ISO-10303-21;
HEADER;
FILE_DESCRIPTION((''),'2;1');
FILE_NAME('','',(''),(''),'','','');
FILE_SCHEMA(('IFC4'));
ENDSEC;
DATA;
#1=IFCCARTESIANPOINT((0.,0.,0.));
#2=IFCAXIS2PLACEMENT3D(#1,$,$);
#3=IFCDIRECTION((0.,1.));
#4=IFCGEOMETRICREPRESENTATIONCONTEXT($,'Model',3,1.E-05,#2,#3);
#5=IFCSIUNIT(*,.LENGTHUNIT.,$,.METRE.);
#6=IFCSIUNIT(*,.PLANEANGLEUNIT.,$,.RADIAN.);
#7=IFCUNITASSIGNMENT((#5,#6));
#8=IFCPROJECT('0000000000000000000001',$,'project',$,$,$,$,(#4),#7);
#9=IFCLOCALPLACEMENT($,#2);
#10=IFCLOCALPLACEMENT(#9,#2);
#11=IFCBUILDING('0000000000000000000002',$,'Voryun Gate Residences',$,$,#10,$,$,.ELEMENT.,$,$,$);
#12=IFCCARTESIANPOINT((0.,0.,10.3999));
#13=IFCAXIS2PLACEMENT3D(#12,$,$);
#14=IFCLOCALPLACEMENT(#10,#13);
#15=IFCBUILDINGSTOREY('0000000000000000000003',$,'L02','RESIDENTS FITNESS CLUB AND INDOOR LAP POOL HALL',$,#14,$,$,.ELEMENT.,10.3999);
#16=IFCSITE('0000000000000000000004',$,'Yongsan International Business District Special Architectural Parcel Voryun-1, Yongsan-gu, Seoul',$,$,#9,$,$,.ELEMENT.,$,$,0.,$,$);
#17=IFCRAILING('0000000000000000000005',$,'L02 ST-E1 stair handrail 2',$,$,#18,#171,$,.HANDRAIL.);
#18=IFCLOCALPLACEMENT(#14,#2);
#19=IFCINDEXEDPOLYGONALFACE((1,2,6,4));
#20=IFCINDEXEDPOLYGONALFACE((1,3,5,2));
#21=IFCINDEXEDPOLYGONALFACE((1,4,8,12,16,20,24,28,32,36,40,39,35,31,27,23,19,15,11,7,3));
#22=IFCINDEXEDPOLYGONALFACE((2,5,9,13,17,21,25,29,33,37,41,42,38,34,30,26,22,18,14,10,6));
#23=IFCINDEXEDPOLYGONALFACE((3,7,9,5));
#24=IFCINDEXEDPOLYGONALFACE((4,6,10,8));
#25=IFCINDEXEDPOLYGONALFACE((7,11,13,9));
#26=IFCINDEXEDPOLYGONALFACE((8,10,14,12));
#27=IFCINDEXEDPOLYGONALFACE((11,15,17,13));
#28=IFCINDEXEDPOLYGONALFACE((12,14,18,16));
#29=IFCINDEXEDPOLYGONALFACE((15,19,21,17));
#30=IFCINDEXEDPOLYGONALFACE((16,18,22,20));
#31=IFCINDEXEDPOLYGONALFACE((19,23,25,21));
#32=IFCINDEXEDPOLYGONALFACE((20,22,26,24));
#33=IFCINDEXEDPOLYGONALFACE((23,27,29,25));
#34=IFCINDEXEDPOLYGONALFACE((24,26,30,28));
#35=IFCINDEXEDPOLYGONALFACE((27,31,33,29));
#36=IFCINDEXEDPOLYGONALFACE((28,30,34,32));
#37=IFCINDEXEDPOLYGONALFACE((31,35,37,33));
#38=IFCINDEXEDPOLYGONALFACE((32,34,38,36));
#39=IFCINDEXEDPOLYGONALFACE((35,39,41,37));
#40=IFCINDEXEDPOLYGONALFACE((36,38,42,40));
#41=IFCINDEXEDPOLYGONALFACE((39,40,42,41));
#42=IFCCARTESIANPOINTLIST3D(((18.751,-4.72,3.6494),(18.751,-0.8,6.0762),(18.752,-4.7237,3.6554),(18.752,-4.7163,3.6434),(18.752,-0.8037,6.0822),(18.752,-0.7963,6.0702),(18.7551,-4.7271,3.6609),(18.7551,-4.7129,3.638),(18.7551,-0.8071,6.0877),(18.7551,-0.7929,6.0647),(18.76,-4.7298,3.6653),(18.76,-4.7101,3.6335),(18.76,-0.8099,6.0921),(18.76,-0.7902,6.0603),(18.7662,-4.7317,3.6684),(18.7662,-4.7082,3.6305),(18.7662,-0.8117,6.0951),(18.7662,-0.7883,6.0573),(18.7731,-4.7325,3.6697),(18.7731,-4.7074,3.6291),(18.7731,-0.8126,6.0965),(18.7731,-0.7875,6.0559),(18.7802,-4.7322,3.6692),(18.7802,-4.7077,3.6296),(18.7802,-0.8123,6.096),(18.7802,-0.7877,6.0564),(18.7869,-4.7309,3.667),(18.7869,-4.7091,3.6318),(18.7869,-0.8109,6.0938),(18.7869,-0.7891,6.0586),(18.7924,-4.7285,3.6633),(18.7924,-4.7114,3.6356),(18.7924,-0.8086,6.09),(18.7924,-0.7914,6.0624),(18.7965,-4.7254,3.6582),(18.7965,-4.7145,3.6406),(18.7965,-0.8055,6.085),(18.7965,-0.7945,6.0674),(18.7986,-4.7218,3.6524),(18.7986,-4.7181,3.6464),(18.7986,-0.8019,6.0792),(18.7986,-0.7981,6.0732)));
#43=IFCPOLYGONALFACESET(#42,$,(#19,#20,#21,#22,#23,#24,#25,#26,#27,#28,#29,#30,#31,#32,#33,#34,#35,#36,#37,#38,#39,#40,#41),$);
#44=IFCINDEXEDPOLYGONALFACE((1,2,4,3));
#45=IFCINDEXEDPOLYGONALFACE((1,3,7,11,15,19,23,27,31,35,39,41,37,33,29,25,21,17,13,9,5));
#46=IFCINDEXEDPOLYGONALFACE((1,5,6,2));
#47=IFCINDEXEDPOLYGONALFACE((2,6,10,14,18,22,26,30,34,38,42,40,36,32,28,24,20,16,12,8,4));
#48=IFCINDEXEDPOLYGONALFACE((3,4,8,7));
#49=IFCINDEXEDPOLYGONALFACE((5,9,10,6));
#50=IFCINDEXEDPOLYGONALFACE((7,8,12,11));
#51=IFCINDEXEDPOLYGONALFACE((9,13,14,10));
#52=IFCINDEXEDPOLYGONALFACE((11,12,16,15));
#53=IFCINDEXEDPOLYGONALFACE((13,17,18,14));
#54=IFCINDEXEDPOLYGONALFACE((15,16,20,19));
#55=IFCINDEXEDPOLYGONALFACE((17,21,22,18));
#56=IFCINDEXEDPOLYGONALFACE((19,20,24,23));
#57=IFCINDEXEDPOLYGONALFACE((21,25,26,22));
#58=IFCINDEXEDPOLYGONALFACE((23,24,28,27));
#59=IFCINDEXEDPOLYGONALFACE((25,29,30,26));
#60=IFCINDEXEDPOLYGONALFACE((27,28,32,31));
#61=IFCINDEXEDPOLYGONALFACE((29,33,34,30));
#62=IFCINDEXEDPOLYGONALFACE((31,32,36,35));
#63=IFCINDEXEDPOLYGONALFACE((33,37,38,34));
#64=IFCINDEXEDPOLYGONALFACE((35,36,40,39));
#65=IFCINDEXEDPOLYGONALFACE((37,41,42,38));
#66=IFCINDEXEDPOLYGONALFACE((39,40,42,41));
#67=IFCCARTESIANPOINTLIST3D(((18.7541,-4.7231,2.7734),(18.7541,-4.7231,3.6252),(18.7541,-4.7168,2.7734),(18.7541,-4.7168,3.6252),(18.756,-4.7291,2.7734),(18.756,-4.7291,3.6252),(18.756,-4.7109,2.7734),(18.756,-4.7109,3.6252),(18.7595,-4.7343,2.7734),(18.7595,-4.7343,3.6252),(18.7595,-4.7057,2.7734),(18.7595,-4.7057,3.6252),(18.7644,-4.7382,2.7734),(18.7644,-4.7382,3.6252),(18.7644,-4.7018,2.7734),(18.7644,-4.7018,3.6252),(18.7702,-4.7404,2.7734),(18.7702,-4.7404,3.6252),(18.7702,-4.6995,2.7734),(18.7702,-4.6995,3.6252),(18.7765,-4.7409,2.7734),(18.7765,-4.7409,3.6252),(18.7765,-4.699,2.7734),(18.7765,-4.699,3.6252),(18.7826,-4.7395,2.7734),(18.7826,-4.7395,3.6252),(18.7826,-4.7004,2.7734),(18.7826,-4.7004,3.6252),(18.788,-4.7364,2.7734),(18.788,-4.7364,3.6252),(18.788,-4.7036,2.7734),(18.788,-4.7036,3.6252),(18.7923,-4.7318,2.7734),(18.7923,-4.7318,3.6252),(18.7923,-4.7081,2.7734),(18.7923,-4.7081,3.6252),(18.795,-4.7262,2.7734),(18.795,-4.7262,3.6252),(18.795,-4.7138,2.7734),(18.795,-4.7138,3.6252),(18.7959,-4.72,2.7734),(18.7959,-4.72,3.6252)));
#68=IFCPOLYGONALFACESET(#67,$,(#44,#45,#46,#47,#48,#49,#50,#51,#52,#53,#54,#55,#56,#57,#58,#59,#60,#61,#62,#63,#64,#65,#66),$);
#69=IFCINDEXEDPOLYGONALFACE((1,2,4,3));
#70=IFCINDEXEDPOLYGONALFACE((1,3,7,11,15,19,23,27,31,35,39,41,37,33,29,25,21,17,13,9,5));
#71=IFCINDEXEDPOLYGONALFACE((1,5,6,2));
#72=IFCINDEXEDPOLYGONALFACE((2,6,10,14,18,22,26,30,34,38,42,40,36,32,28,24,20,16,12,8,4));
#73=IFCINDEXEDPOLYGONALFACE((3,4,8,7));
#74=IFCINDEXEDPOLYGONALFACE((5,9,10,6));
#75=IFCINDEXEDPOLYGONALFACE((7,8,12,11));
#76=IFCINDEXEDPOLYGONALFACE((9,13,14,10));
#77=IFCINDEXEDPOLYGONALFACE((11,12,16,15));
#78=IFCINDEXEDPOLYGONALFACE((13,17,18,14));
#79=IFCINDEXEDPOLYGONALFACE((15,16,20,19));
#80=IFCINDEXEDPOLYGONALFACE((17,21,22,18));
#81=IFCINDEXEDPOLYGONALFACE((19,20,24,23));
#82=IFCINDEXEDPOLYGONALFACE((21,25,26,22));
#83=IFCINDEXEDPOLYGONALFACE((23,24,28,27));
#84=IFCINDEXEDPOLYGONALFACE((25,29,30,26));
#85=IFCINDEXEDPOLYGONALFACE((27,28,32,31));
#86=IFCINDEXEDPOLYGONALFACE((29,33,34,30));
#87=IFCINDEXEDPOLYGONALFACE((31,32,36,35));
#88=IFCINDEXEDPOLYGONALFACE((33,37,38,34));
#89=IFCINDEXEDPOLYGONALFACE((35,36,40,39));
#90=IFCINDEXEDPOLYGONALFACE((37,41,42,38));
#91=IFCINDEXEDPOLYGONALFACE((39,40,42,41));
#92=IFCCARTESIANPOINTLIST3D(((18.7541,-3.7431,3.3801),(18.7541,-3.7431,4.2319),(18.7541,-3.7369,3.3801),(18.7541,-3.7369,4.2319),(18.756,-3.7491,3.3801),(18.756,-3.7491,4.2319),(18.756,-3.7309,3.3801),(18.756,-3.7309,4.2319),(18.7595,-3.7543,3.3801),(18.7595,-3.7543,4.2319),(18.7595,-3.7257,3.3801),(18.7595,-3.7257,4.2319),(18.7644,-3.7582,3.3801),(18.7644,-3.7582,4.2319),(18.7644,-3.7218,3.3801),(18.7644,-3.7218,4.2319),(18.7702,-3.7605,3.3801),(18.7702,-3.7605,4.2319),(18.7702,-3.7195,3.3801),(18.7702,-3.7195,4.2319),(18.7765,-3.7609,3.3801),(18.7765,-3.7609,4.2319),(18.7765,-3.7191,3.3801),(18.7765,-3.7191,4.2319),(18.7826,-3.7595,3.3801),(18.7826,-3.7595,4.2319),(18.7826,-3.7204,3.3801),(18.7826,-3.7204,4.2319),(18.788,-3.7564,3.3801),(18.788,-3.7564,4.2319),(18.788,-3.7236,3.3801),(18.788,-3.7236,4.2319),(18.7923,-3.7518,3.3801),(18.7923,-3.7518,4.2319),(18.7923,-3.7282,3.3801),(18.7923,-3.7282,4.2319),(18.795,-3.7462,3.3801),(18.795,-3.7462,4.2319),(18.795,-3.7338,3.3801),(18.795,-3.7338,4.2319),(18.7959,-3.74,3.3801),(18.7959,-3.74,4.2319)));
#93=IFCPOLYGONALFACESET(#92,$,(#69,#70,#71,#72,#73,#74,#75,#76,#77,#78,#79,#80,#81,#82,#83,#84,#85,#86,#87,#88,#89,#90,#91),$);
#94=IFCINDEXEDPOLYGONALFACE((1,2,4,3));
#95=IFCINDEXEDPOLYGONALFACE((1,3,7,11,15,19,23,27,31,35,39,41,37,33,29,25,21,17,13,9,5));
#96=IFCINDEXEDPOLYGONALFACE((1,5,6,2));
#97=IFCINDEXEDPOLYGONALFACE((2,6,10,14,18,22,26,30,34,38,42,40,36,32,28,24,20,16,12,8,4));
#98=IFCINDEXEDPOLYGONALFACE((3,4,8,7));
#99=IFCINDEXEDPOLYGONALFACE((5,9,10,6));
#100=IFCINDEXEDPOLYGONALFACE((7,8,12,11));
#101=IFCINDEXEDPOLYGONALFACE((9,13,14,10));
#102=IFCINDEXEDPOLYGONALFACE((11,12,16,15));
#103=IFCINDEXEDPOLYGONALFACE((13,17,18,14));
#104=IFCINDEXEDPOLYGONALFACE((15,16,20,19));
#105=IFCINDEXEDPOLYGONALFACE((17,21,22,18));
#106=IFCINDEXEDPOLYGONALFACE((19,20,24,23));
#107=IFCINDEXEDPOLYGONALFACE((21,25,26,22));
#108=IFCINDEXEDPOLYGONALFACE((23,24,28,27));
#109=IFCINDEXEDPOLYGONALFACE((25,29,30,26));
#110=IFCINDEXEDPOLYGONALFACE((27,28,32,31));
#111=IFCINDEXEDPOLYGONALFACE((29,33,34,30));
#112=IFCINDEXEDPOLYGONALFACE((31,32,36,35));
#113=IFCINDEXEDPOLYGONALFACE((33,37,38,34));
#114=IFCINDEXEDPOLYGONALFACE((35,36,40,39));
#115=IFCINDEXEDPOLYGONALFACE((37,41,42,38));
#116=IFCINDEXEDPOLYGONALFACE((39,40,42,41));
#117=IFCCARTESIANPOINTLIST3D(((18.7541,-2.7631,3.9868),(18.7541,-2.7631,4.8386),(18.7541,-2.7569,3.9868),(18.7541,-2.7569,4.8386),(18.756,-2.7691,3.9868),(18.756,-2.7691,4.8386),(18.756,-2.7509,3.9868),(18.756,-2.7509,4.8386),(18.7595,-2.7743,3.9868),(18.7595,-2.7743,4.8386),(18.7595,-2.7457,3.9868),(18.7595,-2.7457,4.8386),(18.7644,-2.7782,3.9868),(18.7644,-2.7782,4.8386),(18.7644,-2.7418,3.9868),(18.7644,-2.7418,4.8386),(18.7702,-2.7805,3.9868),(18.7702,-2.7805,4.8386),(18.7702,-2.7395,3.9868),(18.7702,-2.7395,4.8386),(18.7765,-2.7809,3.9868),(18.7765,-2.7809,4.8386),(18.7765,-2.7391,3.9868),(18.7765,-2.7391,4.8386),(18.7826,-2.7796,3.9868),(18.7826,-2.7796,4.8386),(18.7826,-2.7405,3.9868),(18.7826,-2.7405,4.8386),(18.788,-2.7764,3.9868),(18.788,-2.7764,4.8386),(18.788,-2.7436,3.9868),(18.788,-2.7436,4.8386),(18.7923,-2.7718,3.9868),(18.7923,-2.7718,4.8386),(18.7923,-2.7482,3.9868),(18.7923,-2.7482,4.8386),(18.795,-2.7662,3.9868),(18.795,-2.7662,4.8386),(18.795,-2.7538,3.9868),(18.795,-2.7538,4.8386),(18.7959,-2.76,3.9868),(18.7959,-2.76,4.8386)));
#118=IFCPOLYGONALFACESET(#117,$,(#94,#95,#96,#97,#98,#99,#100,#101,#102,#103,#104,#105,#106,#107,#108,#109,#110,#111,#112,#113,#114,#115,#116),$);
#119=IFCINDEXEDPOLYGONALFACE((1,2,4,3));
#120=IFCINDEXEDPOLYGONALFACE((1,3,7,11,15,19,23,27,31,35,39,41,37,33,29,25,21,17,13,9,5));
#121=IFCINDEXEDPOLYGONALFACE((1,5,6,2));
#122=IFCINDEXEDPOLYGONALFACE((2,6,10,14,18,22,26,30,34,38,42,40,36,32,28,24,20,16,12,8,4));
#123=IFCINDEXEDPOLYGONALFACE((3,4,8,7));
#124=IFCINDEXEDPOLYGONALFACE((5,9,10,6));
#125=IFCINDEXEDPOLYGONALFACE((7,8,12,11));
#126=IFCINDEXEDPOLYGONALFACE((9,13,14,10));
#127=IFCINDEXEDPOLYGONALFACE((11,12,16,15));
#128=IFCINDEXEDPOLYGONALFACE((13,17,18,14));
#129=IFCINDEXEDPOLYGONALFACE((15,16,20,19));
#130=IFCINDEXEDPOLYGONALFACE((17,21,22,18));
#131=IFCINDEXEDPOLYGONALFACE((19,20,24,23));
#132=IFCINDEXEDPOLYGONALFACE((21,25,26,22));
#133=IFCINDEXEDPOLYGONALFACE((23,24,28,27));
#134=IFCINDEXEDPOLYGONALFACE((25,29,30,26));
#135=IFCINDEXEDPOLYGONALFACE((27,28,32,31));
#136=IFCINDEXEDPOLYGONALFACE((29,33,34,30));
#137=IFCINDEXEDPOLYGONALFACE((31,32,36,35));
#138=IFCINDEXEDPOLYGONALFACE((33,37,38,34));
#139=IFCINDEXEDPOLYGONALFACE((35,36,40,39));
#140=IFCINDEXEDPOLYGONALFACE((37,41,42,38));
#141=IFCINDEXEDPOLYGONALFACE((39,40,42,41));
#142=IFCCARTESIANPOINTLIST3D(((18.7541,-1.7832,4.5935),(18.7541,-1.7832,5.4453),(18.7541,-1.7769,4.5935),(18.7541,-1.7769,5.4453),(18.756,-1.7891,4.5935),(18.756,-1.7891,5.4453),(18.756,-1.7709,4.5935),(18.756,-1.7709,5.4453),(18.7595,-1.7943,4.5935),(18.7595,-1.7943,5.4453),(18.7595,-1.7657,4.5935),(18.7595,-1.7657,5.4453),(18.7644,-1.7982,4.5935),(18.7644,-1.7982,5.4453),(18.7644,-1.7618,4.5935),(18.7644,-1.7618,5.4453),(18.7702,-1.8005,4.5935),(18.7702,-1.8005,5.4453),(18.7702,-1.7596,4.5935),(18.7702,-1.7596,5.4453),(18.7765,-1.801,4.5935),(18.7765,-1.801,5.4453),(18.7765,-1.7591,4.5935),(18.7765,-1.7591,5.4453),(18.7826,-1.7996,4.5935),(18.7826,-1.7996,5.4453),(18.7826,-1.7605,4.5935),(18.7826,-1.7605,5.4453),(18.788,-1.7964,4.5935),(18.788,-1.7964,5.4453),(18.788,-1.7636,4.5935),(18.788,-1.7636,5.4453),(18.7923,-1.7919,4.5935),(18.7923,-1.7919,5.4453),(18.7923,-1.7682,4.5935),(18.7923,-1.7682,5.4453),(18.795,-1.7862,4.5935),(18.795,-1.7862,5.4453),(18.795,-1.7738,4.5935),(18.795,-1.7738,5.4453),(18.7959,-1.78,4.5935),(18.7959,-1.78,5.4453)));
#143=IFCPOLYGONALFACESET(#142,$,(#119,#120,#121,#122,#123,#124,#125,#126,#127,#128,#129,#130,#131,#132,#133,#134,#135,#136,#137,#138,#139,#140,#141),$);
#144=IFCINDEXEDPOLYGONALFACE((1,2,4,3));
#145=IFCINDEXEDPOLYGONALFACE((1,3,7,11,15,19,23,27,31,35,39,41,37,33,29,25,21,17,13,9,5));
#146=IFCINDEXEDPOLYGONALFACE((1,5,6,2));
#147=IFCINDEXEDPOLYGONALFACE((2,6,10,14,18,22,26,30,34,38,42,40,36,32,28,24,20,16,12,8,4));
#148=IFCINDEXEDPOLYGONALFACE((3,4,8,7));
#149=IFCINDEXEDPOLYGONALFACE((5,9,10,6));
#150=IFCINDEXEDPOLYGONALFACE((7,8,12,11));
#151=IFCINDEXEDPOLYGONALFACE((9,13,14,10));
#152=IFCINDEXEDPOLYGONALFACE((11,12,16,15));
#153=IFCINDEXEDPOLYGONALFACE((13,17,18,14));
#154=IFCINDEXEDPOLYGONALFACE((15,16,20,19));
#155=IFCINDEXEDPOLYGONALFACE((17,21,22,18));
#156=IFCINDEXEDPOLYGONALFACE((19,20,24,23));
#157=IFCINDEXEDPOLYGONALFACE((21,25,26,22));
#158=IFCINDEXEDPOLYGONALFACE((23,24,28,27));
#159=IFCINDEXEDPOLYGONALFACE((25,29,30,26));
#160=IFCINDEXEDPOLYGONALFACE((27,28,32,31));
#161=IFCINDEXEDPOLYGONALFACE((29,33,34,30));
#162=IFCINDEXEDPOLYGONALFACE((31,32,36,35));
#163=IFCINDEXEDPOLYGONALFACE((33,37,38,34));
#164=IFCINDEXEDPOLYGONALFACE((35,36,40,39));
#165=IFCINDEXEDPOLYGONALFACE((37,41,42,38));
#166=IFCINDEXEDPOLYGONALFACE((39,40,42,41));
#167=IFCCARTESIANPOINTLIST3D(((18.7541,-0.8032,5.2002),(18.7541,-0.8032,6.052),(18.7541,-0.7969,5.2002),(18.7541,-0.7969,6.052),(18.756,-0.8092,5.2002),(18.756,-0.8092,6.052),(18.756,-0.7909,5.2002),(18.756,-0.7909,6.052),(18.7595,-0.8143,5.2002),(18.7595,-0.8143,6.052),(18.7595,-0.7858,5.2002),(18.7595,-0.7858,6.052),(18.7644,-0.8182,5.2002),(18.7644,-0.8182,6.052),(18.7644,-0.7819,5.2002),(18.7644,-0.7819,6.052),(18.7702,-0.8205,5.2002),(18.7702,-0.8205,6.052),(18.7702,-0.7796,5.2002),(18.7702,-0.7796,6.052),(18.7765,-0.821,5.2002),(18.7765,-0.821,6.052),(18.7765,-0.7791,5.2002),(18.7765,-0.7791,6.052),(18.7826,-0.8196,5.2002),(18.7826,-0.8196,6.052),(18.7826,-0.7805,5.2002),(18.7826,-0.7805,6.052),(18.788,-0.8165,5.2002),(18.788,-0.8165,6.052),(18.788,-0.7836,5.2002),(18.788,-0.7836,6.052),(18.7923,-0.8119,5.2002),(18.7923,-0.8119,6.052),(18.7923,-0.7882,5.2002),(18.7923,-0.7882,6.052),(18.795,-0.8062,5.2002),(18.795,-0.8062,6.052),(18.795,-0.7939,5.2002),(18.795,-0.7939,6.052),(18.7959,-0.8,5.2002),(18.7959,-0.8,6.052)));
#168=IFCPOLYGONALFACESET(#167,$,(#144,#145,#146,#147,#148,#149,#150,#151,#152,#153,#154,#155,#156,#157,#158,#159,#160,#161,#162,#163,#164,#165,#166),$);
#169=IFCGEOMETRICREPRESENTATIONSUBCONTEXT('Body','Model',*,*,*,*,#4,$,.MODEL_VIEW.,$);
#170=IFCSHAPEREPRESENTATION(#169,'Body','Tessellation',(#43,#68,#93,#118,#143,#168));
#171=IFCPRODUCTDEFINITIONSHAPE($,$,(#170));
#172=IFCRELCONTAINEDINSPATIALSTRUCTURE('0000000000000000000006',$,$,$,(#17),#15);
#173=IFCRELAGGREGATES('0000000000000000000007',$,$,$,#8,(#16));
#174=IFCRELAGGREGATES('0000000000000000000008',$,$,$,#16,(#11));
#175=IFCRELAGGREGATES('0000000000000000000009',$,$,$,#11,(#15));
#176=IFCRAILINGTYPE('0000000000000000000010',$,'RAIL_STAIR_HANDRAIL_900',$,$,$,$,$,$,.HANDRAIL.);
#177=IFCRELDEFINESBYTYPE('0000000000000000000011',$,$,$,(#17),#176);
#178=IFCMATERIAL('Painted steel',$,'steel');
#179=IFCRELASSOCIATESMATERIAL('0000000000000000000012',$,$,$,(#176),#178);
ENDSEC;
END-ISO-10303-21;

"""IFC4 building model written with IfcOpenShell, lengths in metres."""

from ifc_helpers import new_model, si_unit, direction, frame, origin, origin_2d, place, context, subcontext, project, spatial, circle, extrude, material, type_object, element, save


model = new_model("IFC4")

# Units and contexts
model_context = context("Model", 3, precision=1e-05, world=origin(), true_north=direction((0.0, 1.0)))
body_context = subcontext(model_context, "Body", "Model", "MODEL_VIEW")
ifc_project = project(units=[si_unit("LENGTHUNIT", "METRE"), si_unit("PLANEANGLEUNIT", "RADIAN")], contexts=[model_context])

# Site, building, storey
site_placement = place(None, origin())
site = spatial("IfcSite", under=ifc_project, at=site_placement, Name="Yongsan International Business District Special Architectural Parcel Voryun-1, Yongsan-gu, Seoul", CompositionType="ELEMENT", RefElevation=0.0)
building_placement = place(site_placement, origin())
building = spatial("IfcBuilding", under=site, at=building_placement, Name="Voryun Gate Residences", CompositionType="ELEMENT")
storey_placement = place(building_placement, frame((0.0, 0.0, 10.3999)))
storey = spatial("IfcBuildingStorey", under=building, at=storey_placement, Name="L02", Description="RESIDENTS FITNESS CLUB AND INDOOR LAP POOL HALL", CompositionType="ELEMENT", Elevation=10.3999)

# Railing
ifc_material_1 = material(Name="Painted steel", Category="steel")
railing_type_1 = type_object("IfcRailingType", Name="RAIL_STAIR_HANDRAIL_900", PredefinedType="HANDRAIL", material=ifc_material_1)
railing_1_placement = place(storey_placement, frame((18.7749, -4.72, 2.7734)))
element("IfcRailing", 1, at=railing_1_placement, inside=storey, type_object=railing_type_1, Name="L02 ST-E1 stair handrail 2", PredefinedType="HANDRAIL", context=body_context, shape_type="SweptSolid", body=[
    extrude(circle(Radius=0.0239, at=origin_2d()), frame((0.0, 0.0, 0.876), z_axis=(0.0, 0.850252, 0.526376), x_axis=(-1.0, 0.0, 0.0)), (0.0, 0.0, 1.0), 4.6104),
    extrude(circle(Radius=0.021, at=origin_2d()), origin(), (0.0, 0.0, 1.0), 0.8518),
    extrude(circle(Radius=0.021, at=origin_2d()), frame((0.0, 0.98, 0.6067)), (0.0, 0.0, 1.0), 0.8518),
    extrude(circle(Radius=0.021, at=origin_2d()), frame((0.0, 1.96, 1.2134)), (0.0, 0.0, 1.0), 0.8518),
    extrude(circle(Radius=0.021, at=origin_2d()), frame((0.0, 2.9399, 1.8201)), (0.0, 0.0, 1.0), 0.8518),
    extrude(circle(Radius=0.021, at=origin_2d()), frame((0.0, 3.9199, 2.4268)), (0.0, 0.0, 1.0), 0.8518),
])

save(model, "model.ifc")
